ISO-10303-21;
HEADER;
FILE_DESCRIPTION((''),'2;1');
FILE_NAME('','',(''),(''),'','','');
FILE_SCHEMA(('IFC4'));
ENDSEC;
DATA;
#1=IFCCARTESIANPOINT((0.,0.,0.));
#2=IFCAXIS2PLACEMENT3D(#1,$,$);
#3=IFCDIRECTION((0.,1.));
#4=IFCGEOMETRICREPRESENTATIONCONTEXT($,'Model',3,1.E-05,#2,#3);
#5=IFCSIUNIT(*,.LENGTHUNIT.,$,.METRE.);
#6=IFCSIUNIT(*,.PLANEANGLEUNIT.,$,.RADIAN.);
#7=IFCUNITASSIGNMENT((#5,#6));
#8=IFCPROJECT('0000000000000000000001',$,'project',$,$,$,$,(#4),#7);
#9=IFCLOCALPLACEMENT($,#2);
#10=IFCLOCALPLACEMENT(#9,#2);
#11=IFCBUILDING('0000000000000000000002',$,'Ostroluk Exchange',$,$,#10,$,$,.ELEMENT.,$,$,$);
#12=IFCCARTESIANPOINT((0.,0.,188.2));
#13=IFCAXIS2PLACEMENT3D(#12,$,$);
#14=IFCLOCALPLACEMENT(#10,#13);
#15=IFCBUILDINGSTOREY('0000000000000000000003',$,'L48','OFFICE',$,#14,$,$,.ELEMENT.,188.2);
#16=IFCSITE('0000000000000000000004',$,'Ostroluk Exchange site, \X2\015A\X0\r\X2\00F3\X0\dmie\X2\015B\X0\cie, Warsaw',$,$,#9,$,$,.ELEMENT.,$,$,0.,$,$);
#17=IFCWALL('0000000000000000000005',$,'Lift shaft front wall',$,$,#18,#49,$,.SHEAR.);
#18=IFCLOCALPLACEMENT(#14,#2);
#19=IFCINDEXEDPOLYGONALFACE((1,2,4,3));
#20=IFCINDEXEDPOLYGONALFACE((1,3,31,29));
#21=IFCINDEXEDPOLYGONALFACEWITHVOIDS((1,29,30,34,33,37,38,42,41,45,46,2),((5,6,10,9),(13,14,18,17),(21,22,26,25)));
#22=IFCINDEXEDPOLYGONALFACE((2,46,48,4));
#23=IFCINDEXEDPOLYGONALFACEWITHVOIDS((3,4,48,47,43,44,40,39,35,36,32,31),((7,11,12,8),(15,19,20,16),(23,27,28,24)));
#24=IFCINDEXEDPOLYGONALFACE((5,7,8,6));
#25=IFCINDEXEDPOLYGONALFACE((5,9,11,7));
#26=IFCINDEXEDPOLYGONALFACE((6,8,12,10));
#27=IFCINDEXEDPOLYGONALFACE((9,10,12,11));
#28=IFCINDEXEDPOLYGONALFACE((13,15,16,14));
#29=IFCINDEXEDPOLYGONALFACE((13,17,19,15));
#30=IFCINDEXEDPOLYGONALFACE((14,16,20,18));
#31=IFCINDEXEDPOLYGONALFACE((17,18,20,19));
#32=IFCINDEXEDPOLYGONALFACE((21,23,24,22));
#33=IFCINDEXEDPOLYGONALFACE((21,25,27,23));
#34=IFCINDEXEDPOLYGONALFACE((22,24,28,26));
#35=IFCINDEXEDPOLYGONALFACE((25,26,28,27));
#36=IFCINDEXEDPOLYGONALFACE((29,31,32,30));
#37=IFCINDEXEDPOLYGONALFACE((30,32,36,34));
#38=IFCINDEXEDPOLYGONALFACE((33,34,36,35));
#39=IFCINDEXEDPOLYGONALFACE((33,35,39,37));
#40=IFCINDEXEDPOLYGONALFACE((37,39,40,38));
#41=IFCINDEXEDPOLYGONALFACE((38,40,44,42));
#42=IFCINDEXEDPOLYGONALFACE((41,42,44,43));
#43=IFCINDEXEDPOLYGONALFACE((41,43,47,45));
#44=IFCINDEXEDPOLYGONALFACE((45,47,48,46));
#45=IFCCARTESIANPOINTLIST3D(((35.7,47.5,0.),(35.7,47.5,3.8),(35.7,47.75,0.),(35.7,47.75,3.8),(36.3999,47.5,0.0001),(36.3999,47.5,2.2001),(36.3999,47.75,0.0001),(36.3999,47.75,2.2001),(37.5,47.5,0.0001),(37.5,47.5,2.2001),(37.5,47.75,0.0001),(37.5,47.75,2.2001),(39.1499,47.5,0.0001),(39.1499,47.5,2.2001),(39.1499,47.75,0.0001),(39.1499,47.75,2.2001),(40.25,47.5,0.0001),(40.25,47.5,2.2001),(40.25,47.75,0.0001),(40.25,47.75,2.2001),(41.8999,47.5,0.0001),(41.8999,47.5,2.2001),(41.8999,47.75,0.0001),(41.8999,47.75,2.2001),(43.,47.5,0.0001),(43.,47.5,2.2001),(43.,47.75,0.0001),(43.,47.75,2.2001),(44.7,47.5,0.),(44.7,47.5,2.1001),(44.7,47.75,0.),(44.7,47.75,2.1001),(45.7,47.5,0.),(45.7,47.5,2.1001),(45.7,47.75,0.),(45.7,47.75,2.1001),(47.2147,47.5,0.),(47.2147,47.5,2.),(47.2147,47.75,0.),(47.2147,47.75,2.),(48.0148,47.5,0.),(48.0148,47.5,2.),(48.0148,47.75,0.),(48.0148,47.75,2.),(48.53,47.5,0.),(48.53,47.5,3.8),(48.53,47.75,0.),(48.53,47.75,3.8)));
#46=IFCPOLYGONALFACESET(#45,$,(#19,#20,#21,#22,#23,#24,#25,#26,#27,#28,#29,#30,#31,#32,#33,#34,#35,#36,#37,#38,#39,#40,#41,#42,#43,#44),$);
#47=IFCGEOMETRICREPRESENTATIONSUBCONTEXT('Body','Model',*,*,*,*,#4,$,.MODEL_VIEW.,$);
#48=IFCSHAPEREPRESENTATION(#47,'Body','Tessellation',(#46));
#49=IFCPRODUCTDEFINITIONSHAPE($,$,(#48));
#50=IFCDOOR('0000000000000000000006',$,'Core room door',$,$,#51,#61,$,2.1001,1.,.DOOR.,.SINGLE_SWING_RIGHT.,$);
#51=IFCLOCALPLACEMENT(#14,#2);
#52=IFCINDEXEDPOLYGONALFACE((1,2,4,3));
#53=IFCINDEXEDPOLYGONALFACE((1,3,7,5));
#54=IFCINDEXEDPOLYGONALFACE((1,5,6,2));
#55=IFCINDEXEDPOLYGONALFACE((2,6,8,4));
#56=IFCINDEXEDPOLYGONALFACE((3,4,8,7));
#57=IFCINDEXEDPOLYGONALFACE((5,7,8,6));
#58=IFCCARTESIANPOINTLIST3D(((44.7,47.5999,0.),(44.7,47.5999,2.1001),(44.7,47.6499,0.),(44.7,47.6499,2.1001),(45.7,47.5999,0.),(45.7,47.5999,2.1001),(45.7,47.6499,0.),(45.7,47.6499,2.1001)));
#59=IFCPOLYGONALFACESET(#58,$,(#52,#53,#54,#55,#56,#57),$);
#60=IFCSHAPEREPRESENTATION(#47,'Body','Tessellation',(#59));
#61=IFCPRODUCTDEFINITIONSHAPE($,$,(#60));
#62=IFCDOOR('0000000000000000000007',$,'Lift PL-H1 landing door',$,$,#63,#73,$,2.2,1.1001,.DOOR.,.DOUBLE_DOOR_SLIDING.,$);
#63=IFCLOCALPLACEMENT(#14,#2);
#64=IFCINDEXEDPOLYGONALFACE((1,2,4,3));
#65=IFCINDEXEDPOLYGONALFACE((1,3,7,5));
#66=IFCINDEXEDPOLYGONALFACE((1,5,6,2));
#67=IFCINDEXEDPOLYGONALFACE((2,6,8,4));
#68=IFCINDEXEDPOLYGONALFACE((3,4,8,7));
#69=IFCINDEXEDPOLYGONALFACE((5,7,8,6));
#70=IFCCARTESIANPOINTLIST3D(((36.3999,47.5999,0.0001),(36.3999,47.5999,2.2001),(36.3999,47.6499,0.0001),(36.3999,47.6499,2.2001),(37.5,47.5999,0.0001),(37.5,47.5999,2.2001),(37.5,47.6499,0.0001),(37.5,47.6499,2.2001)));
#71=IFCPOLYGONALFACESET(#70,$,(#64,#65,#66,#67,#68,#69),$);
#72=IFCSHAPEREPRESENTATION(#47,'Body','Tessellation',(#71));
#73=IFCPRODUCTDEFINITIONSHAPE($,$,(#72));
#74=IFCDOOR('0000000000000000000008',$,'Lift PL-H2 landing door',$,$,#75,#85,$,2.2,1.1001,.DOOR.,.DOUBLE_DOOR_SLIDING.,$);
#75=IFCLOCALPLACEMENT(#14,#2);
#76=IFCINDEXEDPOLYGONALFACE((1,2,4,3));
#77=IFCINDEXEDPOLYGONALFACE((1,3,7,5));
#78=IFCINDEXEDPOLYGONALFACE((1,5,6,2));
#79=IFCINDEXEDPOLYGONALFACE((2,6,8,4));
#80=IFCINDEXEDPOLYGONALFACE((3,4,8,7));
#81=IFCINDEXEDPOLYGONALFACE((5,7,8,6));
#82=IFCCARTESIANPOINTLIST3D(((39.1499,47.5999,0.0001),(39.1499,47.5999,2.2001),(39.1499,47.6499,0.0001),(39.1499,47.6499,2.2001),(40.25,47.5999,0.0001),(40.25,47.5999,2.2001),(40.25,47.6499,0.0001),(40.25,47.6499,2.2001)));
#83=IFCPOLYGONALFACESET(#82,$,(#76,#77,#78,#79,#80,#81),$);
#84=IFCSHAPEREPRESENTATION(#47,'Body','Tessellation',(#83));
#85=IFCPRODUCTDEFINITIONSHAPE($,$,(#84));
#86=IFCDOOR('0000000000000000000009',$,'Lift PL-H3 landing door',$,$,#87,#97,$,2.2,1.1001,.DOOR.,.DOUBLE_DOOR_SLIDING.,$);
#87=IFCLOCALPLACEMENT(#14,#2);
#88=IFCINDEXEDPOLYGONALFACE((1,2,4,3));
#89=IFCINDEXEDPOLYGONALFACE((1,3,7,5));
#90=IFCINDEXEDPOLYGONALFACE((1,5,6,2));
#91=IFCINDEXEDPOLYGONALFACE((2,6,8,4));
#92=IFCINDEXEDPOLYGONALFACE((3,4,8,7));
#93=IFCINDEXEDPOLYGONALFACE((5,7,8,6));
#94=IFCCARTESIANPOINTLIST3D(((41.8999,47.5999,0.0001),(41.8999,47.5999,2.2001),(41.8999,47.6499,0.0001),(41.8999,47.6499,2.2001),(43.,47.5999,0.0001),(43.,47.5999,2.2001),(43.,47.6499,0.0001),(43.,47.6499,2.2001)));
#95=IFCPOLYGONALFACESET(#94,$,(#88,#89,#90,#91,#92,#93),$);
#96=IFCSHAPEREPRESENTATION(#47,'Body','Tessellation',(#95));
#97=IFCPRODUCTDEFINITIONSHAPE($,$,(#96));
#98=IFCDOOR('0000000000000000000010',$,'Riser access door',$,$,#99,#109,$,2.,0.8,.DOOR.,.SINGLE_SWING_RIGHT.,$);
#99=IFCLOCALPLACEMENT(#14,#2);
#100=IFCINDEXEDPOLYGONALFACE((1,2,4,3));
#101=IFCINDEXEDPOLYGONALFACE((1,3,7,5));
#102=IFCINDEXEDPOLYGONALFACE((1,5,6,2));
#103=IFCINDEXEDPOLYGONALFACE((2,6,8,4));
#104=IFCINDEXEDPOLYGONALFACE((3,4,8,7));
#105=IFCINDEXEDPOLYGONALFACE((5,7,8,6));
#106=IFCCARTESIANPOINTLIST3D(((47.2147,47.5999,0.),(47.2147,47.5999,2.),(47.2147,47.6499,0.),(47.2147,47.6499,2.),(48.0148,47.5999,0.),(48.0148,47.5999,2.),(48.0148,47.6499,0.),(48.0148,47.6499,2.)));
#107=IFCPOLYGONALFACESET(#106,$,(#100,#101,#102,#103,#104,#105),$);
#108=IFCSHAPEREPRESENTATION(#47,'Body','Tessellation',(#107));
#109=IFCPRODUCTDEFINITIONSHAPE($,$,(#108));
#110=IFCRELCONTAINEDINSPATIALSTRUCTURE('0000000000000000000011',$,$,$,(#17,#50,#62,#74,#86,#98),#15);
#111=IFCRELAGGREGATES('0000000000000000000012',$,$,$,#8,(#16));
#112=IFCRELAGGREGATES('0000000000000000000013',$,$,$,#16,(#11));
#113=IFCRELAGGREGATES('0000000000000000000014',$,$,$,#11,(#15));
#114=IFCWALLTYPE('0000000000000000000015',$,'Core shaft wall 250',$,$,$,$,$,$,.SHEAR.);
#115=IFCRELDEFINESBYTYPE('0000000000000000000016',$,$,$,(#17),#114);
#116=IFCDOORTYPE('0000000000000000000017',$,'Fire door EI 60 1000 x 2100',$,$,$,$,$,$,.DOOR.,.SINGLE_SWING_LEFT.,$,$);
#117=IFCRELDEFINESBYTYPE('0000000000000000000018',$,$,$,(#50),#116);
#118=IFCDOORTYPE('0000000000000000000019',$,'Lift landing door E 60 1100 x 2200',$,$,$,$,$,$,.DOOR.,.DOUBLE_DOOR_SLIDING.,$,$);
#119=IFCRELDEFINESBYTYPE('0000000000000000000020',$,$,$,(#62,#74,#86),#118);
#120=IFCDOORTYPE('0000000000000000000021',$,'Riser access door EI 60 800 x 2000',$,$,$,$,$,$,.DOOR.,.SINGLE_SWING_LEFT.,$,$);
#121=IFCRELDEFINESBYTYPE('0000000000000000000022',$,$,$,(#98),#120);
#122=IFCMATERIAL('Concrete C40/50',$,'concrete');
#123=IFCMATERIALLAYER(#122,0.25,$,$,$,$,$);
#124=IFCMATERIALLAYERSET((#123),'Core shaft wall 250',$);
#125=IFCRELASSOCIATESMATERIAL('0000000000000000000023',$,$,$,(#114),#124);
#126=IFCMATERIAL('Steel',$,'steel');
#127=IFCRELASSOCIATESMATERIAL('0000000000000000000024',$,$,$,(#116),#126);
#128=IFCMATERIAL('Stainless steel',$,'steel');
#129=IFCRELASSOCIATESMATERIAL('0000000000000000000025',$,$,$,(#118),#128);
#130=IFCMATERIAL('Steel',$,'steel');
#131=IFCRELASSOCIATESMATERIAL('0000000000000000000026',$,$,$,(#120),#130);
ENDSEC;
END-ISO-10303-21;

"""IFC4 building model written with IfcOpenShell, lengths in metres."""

from ifc_helpers import new_model, si_unit, direction, frame, frame_2d, origin, place, context, subcontext, project, spatial, rectangle, extrude, material, layer, layer_set, type_object, element, fill, save


model = new_model("IFC4")

# Units and contexts
model_context = context("Model", 3, precision=1e-05, world=origin(), true_north=direction((0.0, 1.0)))
body_context = subcontext(model_context, "Body", "Model", "MODEL_VIEW")
ifc_project = project(units=[si_unit("LENGTHUNIT", "METRE"), si_unit("PLANEANGLEUNIT", "RADIAN")], contexts=[model_context])

# Site, building, storey
site_placement = place(None, origin())
site = spatial("IfcSite", under=ifc_project, at=site_placement, Name="Ostroluk Exchange site, Śródmieście, Warsaw", CompositionType="ELEMENT", RefElevation=0.0)
building_placement = place(site_placement, origin())
building = spatial("IfcBuilding", under=site, at=building_placement, Name="Ostroluk Exchange", CompositionType="ELEMENT")
storey_placement = place(building_placement, frame((0.0, 0.0, 188.2)))
storey = spatial("IfcBuildingStorey", under=building, at=storey_placement, Name="L48", Description="OFFICE", CompositionType="ELEMENT", Elevation=188.2)

# Shared definitions
ifc_material_1 = material(Name="Concrete C40/50", Category="concrete")
ifc_layer_1 = layer(ifc_material_1, 0.25)
ifc_layer_set_1 = layer_set([ifc_layer_1], Name="Core shaft wall 250")
wall_type_1 = type_object("IfcWallType", Name="Core shaft wall 250", PredefinedType="SHEAR", material=ifc_layer_set_1)

# Wall, openings, doors
wall_1_placement = place(storey_placement, frame((35.7, 47.625, 0.0), z_axis=(0.0, 0.0, 1.0), x_axis=(1.0, 0.0, 0.0)))
wall_1 = element("IfcWall", 1, at=wall_1_placement, inside=storey, type_object=wall_type_1, Name="Lift shaft front wall", PredefinedType="SHEAR", context=body_context, shape_type="SweptSolid", body=[
    extrude(rectangle(XDim=12.8301, YDim=0.25, at=frame_2d((6.415, 0.0))), origin(), (0.0, 0.0, 1.0), 3.8),
])
opening_1_placement = place(wall_1_placement, frame((0.7, 0.0, 0.0)))
opening_1 = element("IfcOpeningElement", 2, at=opening_1_placement, cuts=wall_1, PredefinedType="OPENING", context=body_context, shape_type="SweptSolid", body=[
    extrude(rectangle(XDim=1.1001, YDim=2.2, at=frame_2d((0.55, 1.1001))), frame((0.0, 0.135, 0.0), z_axis=(0.0, -1.0, 0.0), x_axis=(1.0, 0.0, 0.0)), (0.0, 0.0, 1.0), 0.27),
])
opening_2_placement = place(wall_1_placement, frame((3.45, 0.0, 0.0)))
opening_2 = element("IfcOpeningElement", 3, at=opening_2_placement, cuts=wall_1, PredefinedType="OPENING", context=body_context, shape_type="SweptSolid", body=[
    extrude(rectangle(XDim=1.1001, YDim=2.2, at=frame_2d((0.55, 1.1001))), frame((0.0, 0.135, 0.0), z_axis=(0.0, -1.0, 0.0), x_axis=(1.0, 0.0, 0.0)), (0.0, 0.0, 1.0), 0.27),
])
opening_3_placement = place(wall_1_placement, frame((6.2, 0.0, 0.0)))
opening_3 = element("IfcOpeningElement", 4, at=opening_3_placement, cuts=wall_1, PredefinedType="OPENING", context=body_context, shape_type="SweptSolid", body=[
    extrude(rectangle(XDim=1.1001, YDim=2.2, at=frame_2d((0.55, 1.1001))), frame((0.0, 0.135, 0.0), z_axis=(0.0, -1.0, 0.0), x_axis=(1.0, 0.0, 0.0)), (0.0, 0.0, 1.0), 0.27),
])
opening_4_placement = place(wall_1_placement, frame((9.0, 0.0, 0.0)))
opening_4 = element("IfcOpeningElement", 5, at=opening_4_placement, cuts=wall_1, PredefinedType="OPENING", context=body_context, shape_type="SweptSolid", body=[
    extrude(rectangle(XDim=1.0, YDim=2.1001, at=frame_2d((0.5, 1.05))), frame((0.0, 0.135, 0.0), z_axis=(0.0, -1.0, 0.0), x_axis=(1.0, 0.0, 0.0)), (0.0, 0.0, 1.0), 0.27),
])
opening_5_placement = place(wall_1_placement, frame((11.5149, 0.0, 0.0)))
opening_5 = element("IfcOpeningElement", 6, at=opening_5_placement, cuts=wall_1, PredefinedType="OPENING", context=body_context, shape_type="SweptSolid", body=[
    extrude(rectangle(XDim=0.8, YDim=2.0, at=frame_2d((0.3999, 1.0))), frame((0.0, 0.135, 0.0), z_axis=(0.0, -1.0, 0.0), x_axis=(1.0, 0.0, 0.0)), (0.0, 0.0, 1.0), 0.27),
])
ifc_material_2 = material(Name="Steel", Category="steel")
door_type_1 = type_object("IfcDoorType", Name="Fire door EI 60 1000 x 2100", OperationType="SINGLE_SWING_LEFT", PredefinedType="DOOR", material=ifc_material_2)
door_1_placement = place(opening_4_placement, origin())
door_1 = element("IfcDoor", 7, at=door_1_placement, inside=storey, type_object=door_type_1, Name="Core room door", OperationType="SINGLE_SWING_RIGHT", OverallHeight=2.1001, OverallWidth=1.0, PredefinedType="DOOR", context=body_context, shape_type="SweptSolid", body=[
    extrude(rectangle(XDim=1.0, YDim=2.1001, at=frame_2d((0.5, 1.05))), frame((0.0, 0.0249, 0.0), z_axis=(0.0, -1.0, 0.0), x_axis=(1.0, 0.0, 0.0)), (0.0, 0.0, 1.0), 0.05),
])
fill(opening_4, door_1)
ifc_material_3 = material(Name="Stainless steel", Category="steel")
door_type_2 = type_object("IfcDoorType", Name="Lift landing door E 60 1100 x 2200", OperationType="DOUBLE_DOOR_SLIDING", PredefinedType="DOOR", material=ifc_material_3)
door_2_placement = place(opening_1_placement, origin())
door_2 = element("IfcDoor", 8, at=door_2_placement, inside=storey, type_object=door_type_2, Name="Lift PL-H1 landing door", OperationType="DOUBLE_DOOR_SLIDING", OverallHeight=2.2, OverallWidth=1.1001, PredefinedType="DOOR", context=body_context, shape_type="SweptSolid", body=[
    extrude(rectangle(XDim=1.1001, YDim=2.2, at=frame_2d((0.55, 1.1001))), frame((0.0, 0.0249, 0.0), z_axis=(0.0, -1.0, 0.0), x_axis=(1.0, 0.0, 0.0)), (0.0, 0.0, 1.0), 0.05),
])
fill(opening_1, door_2)
door_3_placement = place(opening_2_placement, origin())
door_3 = element("IfcDoor", 9, at=door_3_placement, inside=storey, type_object=door_type_2, Name="Lift PL-H2 landing door", OperationType="DOUBLE_DOOR_SLIDING", OverallHeight=2.2, OverallWidth=1.1001, PredefinedType="DOOR", context=body_context, shape_type="SweptSolid", body=[
    extrude(rectangle(XDim=1.1001, YDim=2.2, at=frame_2d((0.55, 1.1001))), frame((0.0, 0.0249, 0.0), z_axis=(0.0, -1.0, 0.0), x_axis=(1.0, 0.0, 0.0)), (0.0, 0.0, 1.0), 0.05),
])
fill(opening_2, door_3)
door_4_placement = place(opening_3_placement, origin())
door_4 = element("IfcDoor", 10, at=door_4_placement, inside=storey, type_object=door_type_2, Name="Lift PL-H3 landing door", OperationType="DOUBLE_DOOR_SLIDING", OverallHeight=2.2, OverallWidth=1.1001, PredefinedType="DOOR", context=body_context, shape_type="SweptSolid", body=[
    extrude(rectangle(XDim=1.1001, YDim=2.2, at=frame_2d((0.55, 1.1001))), frame((0.0, 0.0249, 0.0), z_axis=(0.0, -1.0, 0.0), x_axis=(1.0, 0.0, 0.0)), (0.0, 0.0, 1.0), 0.05),
])
fill(opening_3, door_4)
ifc_material_4 = material(Name="Steel", Category="steel")
door_type_3 = type_object("IfcDoorType", Name="Riser access door EI 60 800 x 2000", OperationType="SINGLE_SWING_LEFT", PredefinedType="DOOR", material=ifc_material_4)
door_5_placement = place(opening_5_placement, origin())
door_5 = element("IfcDoor", 11, at=door_5_placement, inside=storey, type_object=door_type_3, Name="Riser access door", OperationType="SINGLE_SWING_RIGHT", OverallHeight=2.0, OverallWidth=0.8, PredefinedType="DOOR", context=body_context, shape_type="SweptSolid", body=[
    extrude(rectangle(XDim=0.8, YDim=2.0, at=frame_2d((0.3999, 1.0))), frame((0.0, 0.0249, 0.0), z_axis=(0.0, -1.0, 0.0), x_axis=(1.0, 0.0, 0.0)), (0.0, 0.0, 1.0), 0.05),
])
fill(opening_5, door_5)

save(model, "model.ifc")
